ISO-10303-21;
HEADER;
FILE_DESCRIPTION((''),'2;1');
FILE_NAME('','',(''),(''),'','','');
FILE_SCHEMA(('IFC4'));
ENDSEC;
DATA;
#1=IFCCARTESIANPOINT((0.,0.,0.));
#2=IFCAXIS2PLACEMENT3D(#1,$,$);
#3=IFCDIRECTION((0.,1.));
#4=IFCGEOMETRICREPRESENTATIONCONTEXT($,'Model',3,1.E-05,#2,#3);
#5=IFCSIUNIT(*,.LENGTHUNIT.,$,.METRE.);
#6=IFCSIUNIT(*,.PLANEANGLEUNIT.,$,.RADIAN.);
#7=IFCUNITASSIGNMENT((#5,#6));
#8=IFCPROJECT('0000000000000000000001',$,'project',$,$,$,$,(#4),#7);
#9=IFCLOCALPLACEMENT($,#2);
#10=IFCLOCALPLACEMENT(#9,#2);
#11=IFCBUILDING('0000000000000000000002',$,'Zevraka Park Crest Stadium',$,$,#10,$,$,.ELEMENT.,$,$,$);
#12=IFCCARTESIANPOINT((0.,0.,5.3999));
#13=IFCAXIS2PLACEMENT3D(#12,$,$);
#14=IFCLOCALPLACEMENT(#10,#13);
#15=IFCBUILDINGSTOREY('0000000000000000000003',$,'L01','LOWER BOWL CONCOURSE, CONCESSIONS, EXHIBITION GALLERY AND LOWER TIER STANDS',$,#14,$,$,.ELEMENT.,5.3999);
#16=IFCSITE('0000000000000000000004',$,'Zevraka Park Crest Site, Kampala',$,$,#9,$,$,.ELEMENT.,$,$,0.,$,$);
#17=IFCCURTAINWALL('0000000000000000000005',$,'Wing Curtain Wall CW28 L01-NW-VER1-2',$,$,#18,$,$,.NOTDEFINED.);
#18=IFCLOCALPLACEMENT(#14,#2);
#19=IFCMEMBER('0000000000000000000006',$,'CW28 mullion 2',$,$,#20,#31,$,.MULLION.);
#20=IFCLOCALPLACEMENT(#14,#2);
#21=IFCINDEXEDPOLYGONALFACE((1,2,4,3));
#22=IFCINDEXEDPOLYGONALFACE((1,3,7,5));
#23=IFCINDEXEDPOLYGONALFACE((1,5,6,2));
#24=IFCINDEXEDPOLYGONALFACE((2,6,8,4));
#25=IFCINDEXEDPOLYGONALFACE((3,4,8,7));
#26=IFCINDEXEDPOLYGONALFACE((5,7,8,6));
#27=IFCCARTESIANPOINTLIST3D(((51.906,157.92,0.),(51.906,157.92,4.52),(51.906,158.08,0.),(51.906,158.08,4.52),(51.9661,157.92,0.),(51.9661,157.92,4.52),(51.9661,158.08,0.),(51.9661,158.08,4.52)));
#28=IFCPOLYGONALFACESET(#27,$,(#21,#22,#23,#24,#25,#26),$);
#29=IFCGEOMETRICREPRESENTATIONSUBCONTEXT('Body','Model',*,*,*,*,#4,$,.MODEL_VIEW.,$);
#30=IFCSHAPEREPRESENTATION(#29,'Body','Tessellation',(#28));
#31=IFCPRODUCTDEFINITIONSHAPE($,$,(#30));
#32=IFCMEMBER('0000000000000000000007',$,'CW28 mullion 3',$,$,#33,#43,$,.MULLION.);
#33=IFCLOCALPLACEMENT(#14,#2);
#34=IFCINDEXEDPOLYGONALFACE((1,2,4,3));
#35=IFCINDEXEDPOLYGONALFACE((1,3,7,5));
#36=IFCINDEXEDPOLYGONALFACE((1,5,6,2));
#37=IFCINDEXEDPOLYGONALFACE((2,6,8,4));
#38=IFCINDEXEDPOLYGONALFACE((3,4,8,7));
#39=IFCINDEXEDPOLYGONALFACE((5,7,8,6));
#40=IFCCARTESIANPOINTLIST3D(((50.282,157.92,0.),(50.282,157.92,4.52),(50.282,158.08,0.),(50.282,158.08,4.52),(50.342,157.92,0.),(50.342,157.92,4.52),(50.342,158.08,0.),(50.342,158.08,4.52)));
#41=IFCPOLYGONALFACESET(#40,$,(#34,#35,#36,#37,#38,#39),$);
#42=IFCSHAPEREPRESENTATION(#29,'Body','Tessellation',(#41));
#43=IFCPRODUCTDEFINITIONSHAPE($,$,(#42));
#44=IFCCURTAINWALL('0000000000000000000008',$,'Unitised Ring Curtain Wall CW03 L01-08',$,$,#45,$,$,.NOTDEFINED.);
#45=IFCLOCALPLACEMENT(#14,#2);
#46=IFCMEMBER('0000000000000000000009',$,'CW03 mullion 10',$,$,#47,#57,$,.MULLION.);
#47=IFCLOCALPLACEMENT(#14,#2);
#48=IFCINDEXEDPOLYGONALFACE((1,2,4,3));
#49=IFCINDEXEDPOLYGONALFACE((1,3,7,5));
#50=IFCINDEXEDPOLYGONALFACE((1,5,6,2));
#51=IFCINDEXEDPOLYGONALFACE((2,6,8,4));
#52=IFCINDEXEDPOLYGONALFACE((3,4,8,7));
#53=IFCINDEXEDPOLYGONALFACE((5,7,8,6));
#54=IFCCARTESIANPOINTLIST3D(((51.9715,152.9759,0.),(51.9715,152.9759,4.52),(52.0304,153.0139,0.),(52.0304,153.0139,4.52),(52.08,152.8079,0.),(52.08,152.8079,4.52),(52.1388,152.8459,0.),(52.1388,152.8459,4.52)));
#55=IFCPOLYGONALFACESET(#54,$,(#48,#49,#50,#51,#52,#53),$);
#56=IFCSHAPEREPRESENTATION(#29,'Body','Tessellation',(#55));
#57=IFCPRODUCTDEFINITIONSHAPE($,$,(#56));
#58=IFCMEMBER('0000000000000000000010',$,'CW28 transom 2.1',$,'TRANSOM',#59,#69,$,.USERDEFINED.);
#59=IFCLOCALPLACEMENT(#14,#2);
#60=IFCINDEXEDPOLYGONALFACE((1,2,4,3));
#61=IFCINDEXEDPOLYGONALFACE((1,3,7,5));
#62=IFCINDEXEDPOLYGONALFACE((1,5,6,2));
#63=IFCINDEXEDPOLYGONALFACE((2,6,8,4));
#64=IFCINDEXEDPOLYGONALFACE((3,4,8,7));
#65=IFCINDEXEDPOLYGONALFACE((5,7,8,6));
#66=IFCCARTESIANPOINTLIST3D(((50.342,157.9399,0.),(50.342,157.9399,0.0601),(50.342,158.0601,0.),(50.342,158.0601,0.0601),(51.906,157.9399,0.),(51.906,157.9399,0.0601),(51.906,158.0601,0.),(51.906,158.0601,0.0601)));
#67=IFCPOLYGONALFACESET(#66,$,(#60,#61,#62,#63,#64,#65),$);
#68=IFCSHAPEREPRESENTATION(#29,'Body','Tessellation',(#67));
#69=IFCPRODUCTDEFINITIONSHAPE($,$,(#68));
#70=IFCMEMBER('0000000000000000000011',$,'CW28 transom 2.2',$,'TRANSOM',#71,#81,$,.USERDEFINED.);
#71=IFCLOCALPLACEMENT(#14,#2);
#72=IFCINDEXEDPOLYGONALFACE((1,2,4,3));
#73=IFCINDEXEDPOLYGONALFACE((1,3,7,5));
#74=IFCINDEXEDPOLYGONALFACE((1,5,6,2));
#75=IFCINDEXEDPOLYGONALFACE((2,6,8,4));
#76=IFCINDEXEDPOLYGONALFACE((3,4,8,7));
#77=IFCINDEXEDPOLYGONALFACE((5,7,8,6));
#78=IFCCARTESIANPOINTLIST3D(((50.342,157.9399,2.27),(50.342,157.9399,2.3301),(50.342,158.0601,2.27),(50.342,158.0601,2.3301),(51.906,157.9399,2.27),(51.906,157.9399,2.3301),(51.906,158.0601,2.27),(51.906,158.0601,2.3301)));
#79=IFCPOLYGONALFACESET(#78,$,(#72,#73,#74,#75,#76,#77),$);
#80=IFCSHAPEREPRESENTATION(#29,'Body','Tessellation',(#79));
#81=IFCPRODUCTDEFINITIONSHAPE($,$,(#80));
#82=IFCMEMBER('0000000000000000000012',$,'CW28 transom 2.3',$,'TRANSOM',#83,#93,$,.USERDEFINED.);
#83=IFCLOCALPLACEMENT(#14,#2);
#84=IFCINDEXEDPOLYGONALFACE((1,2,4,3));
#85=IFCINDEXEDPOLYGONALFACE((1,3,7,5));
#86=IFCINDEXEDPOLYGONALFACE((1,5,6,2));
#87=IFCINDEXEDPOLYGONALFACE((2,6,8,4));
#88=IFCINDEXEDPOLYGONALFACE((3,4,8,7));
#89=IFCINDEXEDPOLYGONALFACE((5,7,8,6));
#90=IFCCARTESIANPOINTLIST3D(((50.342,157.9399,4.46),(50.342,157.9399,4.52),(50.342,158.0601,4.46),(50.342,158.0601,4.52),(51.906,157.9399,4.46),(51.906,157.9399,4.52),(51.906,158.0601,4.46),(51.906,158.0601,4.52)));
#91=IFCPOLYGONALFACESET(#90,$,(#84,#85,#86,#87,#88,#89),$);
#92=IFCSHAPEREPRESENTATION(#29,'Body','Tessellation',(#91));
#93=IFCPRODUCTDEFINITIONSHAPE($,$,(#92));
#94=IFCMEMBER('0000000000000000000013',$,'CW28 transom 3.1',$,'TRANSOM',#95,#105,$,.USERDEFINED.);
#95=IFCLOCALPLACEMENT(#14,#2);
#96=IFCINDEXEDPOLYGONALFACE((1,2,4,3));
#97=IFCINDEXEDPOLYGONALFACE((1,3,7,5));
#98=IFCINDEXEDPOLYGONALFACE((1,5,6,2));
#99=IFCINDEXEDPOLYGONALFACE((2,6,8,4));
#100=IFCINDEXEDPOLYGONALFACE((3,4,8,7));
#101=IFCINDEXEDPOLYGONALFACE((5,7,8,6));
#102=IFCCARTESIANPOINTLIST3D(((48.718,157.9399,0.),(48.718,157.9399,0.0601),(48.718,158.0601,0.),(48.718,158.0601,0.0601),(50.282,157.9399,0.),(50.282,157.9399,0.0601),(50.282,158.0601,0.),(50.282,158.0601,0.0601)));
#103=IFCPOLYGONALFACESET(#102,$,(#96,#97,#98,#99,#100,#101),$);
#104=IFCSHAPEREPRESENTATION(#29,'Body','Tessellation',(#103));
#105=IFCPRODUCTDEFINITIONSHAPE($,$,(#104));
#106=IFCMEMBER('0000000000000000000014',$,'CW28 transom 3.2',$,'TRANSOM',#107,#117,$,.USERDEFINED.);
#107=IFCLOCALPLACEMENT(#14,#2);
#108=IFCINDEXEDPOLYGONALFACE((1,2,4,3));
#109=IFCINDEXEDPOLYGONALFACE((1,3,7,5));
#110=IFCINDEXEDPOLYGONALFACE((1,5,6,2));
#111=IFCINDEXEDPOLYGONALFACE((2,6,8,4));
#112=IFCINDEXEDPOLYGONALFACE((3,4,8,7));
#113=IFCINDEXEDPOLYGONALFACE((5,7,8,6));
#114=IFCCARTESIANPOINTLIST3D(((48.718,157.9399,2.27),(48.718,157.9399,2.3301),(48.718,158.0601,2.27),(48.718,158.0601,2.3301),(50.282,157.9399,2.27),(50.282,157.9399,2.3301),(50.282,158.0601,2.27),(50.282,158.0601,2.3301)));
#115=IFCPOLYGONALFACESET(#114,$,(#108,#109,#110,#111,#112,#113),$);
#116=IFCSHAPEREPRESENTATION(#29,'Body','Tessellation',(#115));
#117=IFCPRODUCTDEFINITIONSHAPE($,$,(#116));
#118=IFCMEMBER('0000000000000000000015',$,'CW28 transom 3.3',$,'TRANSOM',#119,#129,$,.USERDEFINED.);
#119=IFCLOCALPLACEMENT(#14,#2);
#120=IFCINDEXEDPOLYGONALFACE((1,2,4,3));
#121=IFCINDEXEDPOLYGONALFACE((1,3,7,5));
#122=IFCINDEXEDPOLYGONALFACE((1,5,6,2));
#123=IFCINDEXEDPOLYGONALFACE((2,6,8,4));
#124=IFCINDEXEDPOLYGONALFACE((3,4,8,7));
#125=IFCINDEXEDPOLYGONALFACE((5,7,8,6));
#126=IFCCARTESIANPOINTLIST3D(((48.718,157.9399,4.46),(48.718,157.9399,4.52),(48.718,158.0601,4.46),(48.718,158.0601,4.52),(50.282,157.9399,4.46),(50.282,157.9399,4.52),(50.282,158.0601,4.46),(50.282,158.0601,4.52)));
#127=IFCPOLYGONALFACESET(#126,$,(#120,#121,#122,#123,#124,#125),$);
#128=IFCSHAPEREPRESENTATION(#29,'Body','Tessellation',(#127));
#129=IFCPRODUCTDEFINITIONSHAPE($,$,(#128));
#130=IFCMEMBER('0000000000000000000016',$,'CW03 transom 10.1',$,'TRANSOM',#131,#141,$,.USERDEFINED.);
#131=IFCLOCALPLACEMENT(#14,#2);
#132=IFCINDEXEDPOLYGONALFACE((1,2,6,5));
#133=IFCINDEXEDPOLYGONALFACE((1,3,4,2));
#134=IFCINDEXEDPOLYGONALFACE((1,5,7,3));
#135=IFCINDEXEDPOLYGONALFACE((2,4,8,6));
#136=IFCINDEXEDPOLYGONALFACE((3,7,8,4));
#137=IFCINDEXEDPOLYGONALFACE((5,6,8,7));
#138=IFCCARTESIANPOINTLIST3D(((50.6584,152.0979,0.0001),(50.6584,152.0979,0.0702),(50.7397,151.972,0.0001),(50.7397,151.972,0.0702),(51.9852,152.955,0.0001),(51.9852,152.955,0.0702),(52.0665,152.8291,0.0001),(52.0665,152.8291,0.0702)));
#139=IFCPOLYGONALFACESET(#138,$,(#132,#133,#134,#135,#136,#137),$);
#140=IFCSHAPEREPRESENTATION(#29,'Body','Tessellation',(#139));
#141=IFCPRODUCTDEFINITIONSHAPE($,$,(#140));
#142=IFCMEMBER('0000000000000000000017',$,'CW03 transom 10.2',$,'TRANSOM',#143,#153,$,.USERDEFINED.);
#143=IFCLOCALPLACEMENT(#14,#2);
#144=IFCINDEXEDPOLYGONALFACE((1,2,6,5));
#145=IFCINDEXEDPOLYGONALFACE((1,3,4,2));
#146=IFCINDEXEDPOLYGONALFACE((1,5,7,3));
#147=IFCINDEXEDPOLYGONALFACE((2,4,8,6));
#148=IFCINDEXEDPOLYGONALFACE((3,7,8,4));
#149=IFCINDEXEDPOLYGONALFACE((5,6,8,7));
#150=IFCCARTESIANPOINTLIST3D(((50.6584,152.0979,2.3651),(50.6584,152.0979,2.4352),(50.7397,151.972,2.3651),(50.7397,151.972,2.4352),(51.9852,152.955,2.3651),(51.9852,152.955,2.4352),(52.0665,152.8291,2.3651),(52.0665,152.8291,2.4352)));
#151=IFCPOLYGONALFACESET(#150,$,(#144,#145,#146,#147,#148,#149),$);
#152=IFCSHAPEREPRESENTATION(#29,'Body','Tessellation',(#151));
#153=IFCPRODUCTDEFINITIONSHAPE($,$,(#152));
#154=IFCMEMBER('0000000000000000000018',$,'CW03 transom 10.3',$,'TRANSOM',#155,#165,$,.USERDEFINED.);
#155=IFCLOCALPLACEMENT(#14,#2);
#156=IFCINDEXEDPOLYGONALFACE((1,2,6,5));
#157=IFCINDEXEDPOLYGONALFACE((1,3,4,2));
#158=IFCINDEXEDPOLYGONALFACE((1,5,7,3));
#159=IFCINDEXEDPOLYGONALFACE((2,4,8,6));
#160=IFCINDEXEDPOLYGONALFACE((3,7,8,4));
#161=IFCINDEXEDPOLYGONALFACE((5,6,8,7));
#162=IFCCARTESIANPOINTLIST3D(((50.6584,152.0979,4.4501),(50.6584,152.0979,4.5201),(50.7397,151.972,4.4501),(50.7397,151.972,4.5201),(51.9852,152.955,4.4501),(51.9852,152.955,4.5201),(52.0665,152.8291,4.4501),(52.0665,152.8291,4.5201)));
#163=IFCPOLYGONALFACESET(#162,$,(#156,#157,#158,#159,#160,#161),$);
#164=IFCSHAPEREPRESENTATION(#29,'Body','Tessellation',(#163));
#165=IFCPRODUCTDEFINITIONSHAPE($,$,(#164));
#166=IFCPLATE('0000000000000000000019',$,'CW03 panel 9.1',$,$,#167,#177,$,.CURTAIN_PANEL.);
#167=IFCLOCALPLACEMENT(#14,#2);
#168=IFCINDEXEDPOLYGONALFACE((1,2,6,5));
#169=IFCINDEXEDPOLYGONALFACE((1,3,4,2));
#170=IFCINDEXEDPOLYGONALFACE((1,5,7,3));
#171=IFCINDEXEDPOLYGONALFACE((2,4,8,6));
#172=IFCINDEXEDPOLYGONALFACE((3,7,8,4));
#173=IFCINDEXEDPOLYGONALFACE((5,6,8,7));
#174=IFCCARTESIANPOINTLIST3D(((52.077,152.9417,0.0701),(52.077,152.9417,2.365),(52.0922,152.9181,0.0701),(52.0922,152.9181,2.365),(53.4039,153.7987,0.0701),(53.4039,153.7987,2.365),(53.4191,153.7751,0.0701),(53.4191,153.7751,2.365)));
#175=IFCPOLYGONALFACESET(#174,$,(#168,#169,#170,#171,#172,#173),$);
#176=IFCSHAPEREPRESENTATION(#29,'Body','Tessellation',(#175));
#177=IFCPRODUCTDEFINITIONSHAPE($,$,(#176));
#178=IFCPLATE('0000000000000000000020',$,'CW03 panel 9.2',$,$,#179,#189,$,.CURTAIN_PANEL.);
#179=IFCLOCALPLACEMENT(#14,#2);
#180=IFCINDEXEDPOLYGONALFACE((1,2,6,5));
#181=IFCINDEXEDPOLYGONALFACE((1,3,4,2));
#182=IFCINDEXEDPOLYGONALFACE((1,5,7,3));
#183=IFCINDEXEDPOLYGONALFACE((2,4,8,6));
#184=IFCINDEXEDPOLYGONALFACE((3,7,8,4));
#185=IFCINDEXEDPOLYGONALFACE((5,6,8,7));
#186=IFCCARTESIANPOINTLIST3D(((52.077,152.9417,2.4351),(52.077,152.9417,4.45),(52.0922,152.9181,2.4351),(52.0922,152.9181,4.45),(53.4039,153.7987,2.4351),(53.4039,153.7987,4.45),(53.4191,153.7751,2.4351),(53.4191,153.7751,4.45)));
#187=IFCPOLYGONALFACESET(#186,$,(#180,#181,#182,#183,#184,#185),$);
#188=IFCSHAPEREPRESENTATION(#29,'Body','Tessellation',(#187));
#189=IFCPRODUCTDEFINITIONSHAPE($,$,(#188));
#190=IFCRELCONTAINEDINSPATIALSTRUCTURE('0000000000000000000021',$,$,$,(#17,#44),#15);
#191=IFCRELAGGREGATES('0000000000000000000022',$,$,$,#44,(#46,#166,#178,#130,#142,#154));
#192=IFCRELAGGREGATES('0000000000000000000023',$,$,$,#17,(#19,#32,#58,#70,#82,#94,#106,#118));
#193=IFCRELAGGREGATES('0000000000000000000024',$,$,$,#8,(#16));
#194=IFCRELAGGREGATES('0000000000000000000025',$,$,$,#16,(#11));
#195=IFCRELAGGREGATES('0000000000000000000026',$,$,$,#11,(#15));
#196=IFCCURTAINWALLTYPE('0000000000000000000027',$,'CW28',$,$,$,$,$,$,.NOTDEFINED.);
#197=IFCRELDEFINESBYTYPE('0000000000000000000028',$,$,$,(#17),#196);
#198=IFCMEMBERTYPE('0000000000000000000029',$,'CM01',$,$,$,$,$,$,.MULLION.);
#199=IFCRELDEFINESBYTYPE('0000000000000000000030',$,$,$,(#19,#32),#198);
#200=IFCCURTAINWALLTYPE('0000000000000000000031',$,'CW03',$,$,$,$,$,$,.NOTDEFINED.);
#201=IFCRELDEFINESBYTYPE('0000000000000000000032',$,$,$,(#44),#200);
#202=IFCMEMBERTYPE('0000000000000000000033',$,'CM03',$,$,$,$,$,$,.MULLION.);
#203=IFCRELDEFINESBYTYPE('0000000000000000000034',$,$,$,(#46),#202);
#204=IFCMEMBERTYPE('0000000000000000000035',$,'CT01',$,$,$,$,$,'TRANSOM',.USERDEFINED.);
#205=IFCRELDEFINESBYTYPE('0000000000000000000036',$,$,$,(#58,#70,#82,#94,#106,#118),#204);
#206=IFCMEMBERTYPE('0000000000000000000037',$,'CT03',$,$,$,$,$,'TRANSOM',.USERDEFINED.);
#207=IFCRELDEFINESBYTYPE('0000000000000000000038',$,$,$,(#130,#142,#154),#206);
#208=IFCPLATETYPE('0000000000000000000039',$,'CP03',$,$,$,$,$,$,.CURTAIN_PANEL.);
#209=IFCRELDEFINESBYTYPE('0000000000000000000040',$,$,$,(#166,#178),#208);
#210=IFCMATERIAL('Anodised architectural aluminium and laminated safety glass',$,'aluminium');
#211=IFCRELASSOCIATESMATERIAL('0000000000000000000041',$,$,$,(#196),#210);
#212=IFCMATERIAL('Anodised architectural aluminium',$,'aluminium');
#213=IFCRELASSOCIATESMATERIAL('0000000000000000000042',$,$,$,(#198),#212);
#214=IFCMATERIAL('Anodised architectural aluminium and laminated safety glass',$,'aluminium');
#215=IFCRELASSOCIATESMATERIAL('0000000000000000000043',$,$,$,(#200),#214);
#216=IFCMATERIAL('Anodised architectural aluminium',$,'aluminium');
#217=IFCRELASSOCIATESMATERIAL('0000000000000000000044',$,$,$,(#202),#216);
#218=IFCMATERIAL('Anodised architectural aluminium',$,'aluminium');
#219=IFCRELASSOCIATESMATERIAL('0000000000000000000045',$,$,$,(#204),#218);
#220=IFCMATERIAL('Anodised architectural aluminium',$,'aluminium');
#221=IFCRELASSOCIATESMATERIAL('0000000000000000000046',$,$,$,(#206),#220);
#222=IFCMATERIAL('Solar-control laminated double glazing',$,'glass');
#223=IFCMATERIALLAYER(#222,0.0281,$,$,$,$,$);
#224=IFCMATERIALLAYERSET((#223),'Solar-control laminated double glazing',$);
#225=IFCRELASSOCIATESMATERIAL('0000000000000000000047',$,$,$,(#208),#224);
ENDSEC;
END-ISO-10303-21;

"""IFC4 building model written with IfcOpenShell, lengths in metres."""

from ifc_helpers import new_model, si_unit, direction, frame, origin, origin_2d, place, context, subcontext, project, spatial, rectangle, extrude, material, layer, layer_set, material_profile, profile_set, type_object, element, aggregate, save


model = new_model("IFC4")

# Units and contexts
model_context = context("Model", 3, precision=1e-05, world=origin(), true_north=direction((0.0, 1.0)))
body_context = subcontext(model_context, "Body", "Model", "MODEL_VIEW")
ifc_project = project(units=[si_unit("LENGTHUNIT", "METRE"), si_unit("PLANEANGLEUNIT", "RADIAN")], contexts=[model_context])

# Site, building, storey
site_placement = place(None, origin())
site = spatial("IfcSite", under=ifc_project, at=site_placement, Name="Zevraka Park Crest Site, Kampala", CompositionType="ELEMENT", RefElevation=0.0)
building_placement = place(site_placement, origin())
building = spatial("IfcBuilding", under=site, at=building_placement, Name="Zevraka Park Crest Stadium", CompositionType="ELEMENT")
storey_placement = place(building_placement, frame((0.0, 0.0, 5.3999)))
storey = spatial("IfcBuildingStorey", under=building, at=storey_placement, Name="L01", Description="LOWER BOWL CONCOURSE, CONCESSIONS, EXHIBITION GALLERY AND LOWER TIER STANDS", CompositionType="ELEMENT", Elevation=5.3999)

# Curtain wall, members
ifc_material_1 = material(Name="Anodised architectural aluminium and laminated safety glass", Category="aluminium")
curtain_wall_type_1 = type_object("IfcCurtainWallType", Name="CW28", PredefinedType="NOTDEFINED", material=ifc_material_1)
curtain_wall_1_placement = place(storey_placement, origin())
curtain_wall_1 = element("IfcCurtainWall", 1, at=curtain_wall_1_placement, inside=storey, type_object=curtain_wall_type_1, Name="Wing Curtain Wall CW28 L01-NW-VER1-2", PredefinedType="NOTDEFINED")
ifc_material_2 = material(Name="Anodised architectural aluminium", Category="aluminium")
ifc_material_profile_1 = material_profile(ifc_material_2, rectangle(XDim=0.1599, YDim=0.0601, at=origin_2d()), Name="ALU MULLION 160x60")
ifc_profile_set_1 = profile_set([ifc_material_profile_1], Name="Anodised architectural aluminium")
member_type_1 = type_object("IfcMemberType", Name="CM01", PredefinedType="MULLION", material=ifc_profile_set_1)
member_1_placement = place(storey_placement, frame((51.936, 158.0, 0.0), z_axis=(0.0, 0.0, 1.0), x_axis=(0.0, -1.0, 0.0)))
member_1 = element("IfcMember", 2, at=member_1_placement, type_object=member_type_1, Name="CW28 mullion 2", PredefinedType="MULLION", context=body_context, shape_type="SweptSolid", body=[
    extrude(rectangle(XDim=0.1599, YDim=0.0601, at=origin_2d()), origin(), (0.0, 0.0, 1.0), 4.52),
])
member_2_placement = place(storey_placement, frame((50.312, 158.0, 0.0), z_axis=(0.0, 0.0, 1.0), x_axis=(0.0, -1.0, 0.0)))
member_2 = element("IfcMember", 3, at=member_2_placement, type_object=member_type_1, Name="CW28 mullion 3", PredefinedType="MULLION", context=body_context, shape_type="SweptSolid", body=[
    extrude(rectangle(XDim=0.1599, YDim=0.0601, at=origin_2d()), origin(), (0.0, 0.0, 1.0), 4.52),
])

# Curtain wall, member
ifc_material_3 = material(Name="Anodised architectural aluminium and laminated safety glass", Category="aluminium")
curtain_wall_type_2 = type_object("IfcCurtainWallType", Name="CW03", PredefinedType="NOTDEFINED", material=ifc_material_3)
curtain_wall_2_placement = place(storey_placement, origin())
curtain_wall_2 = element("IfcCurtainWall", 4, at=curtain_wall_2_placement, inside=storey, type_object=curtain_wall_type_2, Name="Unitised Ring Curtain Wall CW03 L01-08", PredefinedType="NOTDEFINED")
ifc_material_4 = material(Name="Anodised architectural aluminium", Category="aluminium")
ifc_material_profile_2 = material_profile(ifc_material_4, rectangle(XDim=0.2, YDim=0.0701, at=origin_2d()), Name="ALU MULLION 200x70")
ifc_profile_set_2 = profile_set([ifc_material_profile_2], Name="Anodised architectural aluminium")
member_type_2 = type_object("IfcMemberType", Name="CM03", PredefinedType="MULLION", material=ifc_profile_set_2)
member_3_placement = place(storey_placement, frame((52.0552, 152.9109, 0.0), z_axis=(0.0, 0.0, 1.0), x_axis=(0.542571, -0.84001, 0.0)))
member_3 = element("IfcMember", 5, at=member_3_placement, type_object=member_type_2, Name="CW03 mullion 10", PredefinedType="MULLION", context=body_context, shape_type="SweptSolid", body=[
    extrude(rectangle(XDim=0.2, YDim=0.0701, at=origin_2d()), origin(), (0.0, 0.0, 1.0), 4.52),
])

# Members
ifc_material_5 = material(Name="Anodised architectural aluminium", Category="aluminium")
ifc_material_profile_3 = material_profile(ifc_material_5, rectangle(XDim=0.1201, YDim=0.0601, at=origin_2d()), Name="ALU TRANSOM 120x60")
ifc_profile_set_3 = profile_set([ifc_material_profile_3], Name="Anodised architectural aluminium")
member_type_3 = type_object("IfcMemberType", Name="CT01", ElementType="TRANSOM", PredefinedType="USERDEFINED", material=ifc_profile_set_3)
member_4_placement = place(storey_placement, frame((51.906, 158.0, 0.03), z_axis=(-1.0, 0.0, 0.0), x_axis=(0.0, -1.0, 0.0)))
member_4 = element("IfcMember", 6, at=member_4_placement, type_object=member_type_3, Name="CW28 transom 2.1", ObjectType="TRANSOM", PredefinedType="USERDEFINED", context=body_context, shape_type="SweptSolid", body=[
    extrude(rectangle(XDim=0.1201, YDim=0.0601, at=origin_2d()), origin(), (0.0, 0.0, 1.0), 1.564),
])
member_5_placement = place(storey_placement, frame((51.906, 158.0, 2.3), z_axis=(-1.0, 0.0, 0.0), x_axis=(0.0, -1.0, 0.0)))
member_5 = element("IfcMember", 7, at=member_5_placement, type_object=member_type_3, Name="CW28 transom 2.2", ObjectType="TRANSOM", PredefinedType="USERDEFINED", context=body_context, shape_type="SweptSolid", body=[
    extrude(rectangle(XDim=0.1201, YDim=0.0601, at=origin_2d()), origin(), (0.0, 0.0, 1.0), 1.564),
])
member_6_placement = place(storey_placement, frame((51.906, 158.0, 4.49), z_axis=(-1.0, 0.0, 0.0), x_axis=(0.0, -1.0, 0.0)))
member_6 = element("IfcMember", 8, at=member_6_placement, type_object=member_type_3, Name="CW28 transom 2.3", ObjectType="TRANSOM", PredefinedType="USERDEFINED", context=body_context, shape_type="SweptSolid", body=[
    extrude(rectangle(XDim=0.1201, YDim=0.0601, at=origin_2d()), origin(), (0.0, 0.0, 1.0), 1.564),
])
member_7_placement = place(storey_placement, frame((50.282, 158.0, 0.03), z_axis=(-1.0, 0.0, 0.0), x_axis=(0.0, -1.0, 0.0)))
member_7 = element("IfcMember", 9, at=member_7_placement, type_object=member_type_3, Name="CW28 transom 3.1", ObjectType="TRANSOM", PredefinedType="USERDEFINED", context=body_context, shape_type="SweptSolid", body=[
    extrude(rectangle(XDim=0.1201, YDim=0.0601, at=origin_2d()), origin(), (0.0, 0.0, 1.0), 1.564),
])
member_8_placement = place(storey_placement, frame((50.282, 158.0, 2.3), z_axis=(-1.0, 0.0, 0.0), x_axis=(0.0, -1.0, 0.0)))
member_8 = element("IfcMember", 10, at=member_8_placement, type_object=member_type_3, Name="CW28 transom 3.2", ObjectType="TRANSOM", PredefinedType="USERDEFINED", context=body_context, shape_type="SweptSolid", body=[
    extrude(rectangle(XDim=0.1201, YDim=0.0601, at=origin_2d()), origin(), (0.0, 0.0, 1.0), 1.564),
])
member_9_placement = place(storey_placement, frame((50.282, 158.0, 4.49), z_axis=(-1.0, 0.0, 0.0), x_axis=(0.0, -1.0, 0.0)))
member_9 = element("IfcMember", 11, at=member_9_placement, type_object=member_type_3, Name="CW28 transom 3.3", ObjectType="TRANSOM", PredefinedType="USERDEFINED", context=body_context, shape_type="SweptSolid", body=[
    extrude(rectangle(XDim=0.1201, YDim=0.0601, at=origin_2d()), origin(), (0.0, 0.0, 1.0), 1.564),
])
ifc_material_6 = material(Name="Anodised architectural aluminium", Category="aluminium")
ifc_material_profile_4 = material_profile(ifc_material_6, rectangle(XDim=0.1499, YDim=0.0701, at=origin_2d()), Name="ALU TRANSOM 150x70")
ifc_profile_set_4 = profile_set([ifc_material_profile_4], Name="Anodised architectural aluminium")
member_type_4 = type_object("IfcMemberType", Name="CT03", ElementType="TRANSOM", PredefinedType="USERDEFINED", material=ifc_profile_set_4)
member_10_placement = place(storey_placement, frame((52.0259, 152.8921, 0.0352), z_axis=(-0.839976, -0.542623, 0.0), x_axis=(0.542623, -0.839976, 0.0)))
member_10 = element("IfcMember", 12, at=member_10_placement, type_object=member_type_4, Name="CW03 transom 10.1", ObjectType="TRANSOM", PredefinedType="USERDEFINED", context=body_context, shape_type="SweptSolid", body=[
    extrude(rectangle(XDim=0.1499, YDim=0.0701, at=origin_2d()), origin(), (0.0, 0.0, 1.0), 1.5796),
])
member_11_placement = place(storey_placement, frame((52.0259, 152.8921, 2.4001), z_axis=(-0.839976, -0.542623, 0.0), x_axis=(0.542623, -0.839976, 0.0)))
member_11 = element("IfcMember", 13, at=member_11_placement, type_object=member_type_4, Name="CW03 transom 10.2", ObjectType="TRANSOM", PredefinedType="USERDEFINED", context=body_context, shape_type="SweptSolid", body=[
    extrude(rectangle(XDim=0.1499, YDim=0.0701, at=origin_2d()), origin(), (0.0, 0.0, 1.0), 1.5796),
])
member_12_placement = place(storey_placement, frame((52.0259, 152.8921, 4.4851), z_axis=(-0.839976, -0.542623, 0.0), x_axis=(0.542623, -0.839976, 0.0)))
member_12 = element("IfcMember", 14, at=member_12_placement, type_object=member_type_4, Name="CW03 transom 10.3", ObjectType="TRANSOM", PredefinedType="USERDEFINED", context=body_context, shape_type="SweptSolid", body=[
    extrude(rectangle(XDim=0.1499, YDim=0.0701, at=origin_2d()), origin(), (0.0, 0.0, 1.0), 1.5796),
])

# Plates
ifc_material_7 = material(Name="Solar-control laminated double glazing", Category="glass")
ifc_layer_1 = layer(ifc_material_7, 0.0281)
ifc_layer_set_1 = layer_set([ifc_layer_1], Name="Solar-control laminated double glazing")
plate_type_1 = type_object("IfcPlateType", Name="CP03", PredefinedType="CURTAIN_PANEL", material=ifc_layer_set_1)
plate_1_placement = place(storey_placement, frame((52.748, 153.3584, 0.0701), z_axis=(0.0, 0.0, 1.0), x_axis=(-0.84001, -0.542571, 0.0)))
plate_1 = element("IfcPlate", 15, at=plate_1_placement, type_object=plate_type_1, Name="CW03 panel 9.1", PredefinedType="CURTAIN_PANEL", context=body_context, shape_type="SweptSolid", body=[
    extrude(rectangle(XDim=1.5796, YDim=0.0281, at=origin_2d()), origin(), (0.0, 0.0, 1.0), 2.2949),
])
plate_2_placement = place(storey_placement, frame((52.748, 153.3584, 2.4351), z_axis=(0.0, 0.0, 1.0), x_axis=(-0.84001, -0.542571, 0.0)))
plate_2 = element("IfcPlate", 16, at=plate_2_placement, type_object=plate_type_1, Name="CW03 panel 9.2", PredefinedType="CURTAIN_PANEL", context=body_context, shape_type="SweptSolid", body=[
    extrude(rectangle(XDim=1.5796, YDim=0.0281, at=origin_2d()), origin(), (0.0, 0.0, 1.0), 2.0149),
])
aggregate(curtain_wall_2, [member_3, plate_1, plate_2, member_10, member_11, member_12])
aggregate(curtain_wall_1, [member_1, member_2, member_4, member_5, member_6, member_7, member_8, member_9])

save(model, "model.ifc")
